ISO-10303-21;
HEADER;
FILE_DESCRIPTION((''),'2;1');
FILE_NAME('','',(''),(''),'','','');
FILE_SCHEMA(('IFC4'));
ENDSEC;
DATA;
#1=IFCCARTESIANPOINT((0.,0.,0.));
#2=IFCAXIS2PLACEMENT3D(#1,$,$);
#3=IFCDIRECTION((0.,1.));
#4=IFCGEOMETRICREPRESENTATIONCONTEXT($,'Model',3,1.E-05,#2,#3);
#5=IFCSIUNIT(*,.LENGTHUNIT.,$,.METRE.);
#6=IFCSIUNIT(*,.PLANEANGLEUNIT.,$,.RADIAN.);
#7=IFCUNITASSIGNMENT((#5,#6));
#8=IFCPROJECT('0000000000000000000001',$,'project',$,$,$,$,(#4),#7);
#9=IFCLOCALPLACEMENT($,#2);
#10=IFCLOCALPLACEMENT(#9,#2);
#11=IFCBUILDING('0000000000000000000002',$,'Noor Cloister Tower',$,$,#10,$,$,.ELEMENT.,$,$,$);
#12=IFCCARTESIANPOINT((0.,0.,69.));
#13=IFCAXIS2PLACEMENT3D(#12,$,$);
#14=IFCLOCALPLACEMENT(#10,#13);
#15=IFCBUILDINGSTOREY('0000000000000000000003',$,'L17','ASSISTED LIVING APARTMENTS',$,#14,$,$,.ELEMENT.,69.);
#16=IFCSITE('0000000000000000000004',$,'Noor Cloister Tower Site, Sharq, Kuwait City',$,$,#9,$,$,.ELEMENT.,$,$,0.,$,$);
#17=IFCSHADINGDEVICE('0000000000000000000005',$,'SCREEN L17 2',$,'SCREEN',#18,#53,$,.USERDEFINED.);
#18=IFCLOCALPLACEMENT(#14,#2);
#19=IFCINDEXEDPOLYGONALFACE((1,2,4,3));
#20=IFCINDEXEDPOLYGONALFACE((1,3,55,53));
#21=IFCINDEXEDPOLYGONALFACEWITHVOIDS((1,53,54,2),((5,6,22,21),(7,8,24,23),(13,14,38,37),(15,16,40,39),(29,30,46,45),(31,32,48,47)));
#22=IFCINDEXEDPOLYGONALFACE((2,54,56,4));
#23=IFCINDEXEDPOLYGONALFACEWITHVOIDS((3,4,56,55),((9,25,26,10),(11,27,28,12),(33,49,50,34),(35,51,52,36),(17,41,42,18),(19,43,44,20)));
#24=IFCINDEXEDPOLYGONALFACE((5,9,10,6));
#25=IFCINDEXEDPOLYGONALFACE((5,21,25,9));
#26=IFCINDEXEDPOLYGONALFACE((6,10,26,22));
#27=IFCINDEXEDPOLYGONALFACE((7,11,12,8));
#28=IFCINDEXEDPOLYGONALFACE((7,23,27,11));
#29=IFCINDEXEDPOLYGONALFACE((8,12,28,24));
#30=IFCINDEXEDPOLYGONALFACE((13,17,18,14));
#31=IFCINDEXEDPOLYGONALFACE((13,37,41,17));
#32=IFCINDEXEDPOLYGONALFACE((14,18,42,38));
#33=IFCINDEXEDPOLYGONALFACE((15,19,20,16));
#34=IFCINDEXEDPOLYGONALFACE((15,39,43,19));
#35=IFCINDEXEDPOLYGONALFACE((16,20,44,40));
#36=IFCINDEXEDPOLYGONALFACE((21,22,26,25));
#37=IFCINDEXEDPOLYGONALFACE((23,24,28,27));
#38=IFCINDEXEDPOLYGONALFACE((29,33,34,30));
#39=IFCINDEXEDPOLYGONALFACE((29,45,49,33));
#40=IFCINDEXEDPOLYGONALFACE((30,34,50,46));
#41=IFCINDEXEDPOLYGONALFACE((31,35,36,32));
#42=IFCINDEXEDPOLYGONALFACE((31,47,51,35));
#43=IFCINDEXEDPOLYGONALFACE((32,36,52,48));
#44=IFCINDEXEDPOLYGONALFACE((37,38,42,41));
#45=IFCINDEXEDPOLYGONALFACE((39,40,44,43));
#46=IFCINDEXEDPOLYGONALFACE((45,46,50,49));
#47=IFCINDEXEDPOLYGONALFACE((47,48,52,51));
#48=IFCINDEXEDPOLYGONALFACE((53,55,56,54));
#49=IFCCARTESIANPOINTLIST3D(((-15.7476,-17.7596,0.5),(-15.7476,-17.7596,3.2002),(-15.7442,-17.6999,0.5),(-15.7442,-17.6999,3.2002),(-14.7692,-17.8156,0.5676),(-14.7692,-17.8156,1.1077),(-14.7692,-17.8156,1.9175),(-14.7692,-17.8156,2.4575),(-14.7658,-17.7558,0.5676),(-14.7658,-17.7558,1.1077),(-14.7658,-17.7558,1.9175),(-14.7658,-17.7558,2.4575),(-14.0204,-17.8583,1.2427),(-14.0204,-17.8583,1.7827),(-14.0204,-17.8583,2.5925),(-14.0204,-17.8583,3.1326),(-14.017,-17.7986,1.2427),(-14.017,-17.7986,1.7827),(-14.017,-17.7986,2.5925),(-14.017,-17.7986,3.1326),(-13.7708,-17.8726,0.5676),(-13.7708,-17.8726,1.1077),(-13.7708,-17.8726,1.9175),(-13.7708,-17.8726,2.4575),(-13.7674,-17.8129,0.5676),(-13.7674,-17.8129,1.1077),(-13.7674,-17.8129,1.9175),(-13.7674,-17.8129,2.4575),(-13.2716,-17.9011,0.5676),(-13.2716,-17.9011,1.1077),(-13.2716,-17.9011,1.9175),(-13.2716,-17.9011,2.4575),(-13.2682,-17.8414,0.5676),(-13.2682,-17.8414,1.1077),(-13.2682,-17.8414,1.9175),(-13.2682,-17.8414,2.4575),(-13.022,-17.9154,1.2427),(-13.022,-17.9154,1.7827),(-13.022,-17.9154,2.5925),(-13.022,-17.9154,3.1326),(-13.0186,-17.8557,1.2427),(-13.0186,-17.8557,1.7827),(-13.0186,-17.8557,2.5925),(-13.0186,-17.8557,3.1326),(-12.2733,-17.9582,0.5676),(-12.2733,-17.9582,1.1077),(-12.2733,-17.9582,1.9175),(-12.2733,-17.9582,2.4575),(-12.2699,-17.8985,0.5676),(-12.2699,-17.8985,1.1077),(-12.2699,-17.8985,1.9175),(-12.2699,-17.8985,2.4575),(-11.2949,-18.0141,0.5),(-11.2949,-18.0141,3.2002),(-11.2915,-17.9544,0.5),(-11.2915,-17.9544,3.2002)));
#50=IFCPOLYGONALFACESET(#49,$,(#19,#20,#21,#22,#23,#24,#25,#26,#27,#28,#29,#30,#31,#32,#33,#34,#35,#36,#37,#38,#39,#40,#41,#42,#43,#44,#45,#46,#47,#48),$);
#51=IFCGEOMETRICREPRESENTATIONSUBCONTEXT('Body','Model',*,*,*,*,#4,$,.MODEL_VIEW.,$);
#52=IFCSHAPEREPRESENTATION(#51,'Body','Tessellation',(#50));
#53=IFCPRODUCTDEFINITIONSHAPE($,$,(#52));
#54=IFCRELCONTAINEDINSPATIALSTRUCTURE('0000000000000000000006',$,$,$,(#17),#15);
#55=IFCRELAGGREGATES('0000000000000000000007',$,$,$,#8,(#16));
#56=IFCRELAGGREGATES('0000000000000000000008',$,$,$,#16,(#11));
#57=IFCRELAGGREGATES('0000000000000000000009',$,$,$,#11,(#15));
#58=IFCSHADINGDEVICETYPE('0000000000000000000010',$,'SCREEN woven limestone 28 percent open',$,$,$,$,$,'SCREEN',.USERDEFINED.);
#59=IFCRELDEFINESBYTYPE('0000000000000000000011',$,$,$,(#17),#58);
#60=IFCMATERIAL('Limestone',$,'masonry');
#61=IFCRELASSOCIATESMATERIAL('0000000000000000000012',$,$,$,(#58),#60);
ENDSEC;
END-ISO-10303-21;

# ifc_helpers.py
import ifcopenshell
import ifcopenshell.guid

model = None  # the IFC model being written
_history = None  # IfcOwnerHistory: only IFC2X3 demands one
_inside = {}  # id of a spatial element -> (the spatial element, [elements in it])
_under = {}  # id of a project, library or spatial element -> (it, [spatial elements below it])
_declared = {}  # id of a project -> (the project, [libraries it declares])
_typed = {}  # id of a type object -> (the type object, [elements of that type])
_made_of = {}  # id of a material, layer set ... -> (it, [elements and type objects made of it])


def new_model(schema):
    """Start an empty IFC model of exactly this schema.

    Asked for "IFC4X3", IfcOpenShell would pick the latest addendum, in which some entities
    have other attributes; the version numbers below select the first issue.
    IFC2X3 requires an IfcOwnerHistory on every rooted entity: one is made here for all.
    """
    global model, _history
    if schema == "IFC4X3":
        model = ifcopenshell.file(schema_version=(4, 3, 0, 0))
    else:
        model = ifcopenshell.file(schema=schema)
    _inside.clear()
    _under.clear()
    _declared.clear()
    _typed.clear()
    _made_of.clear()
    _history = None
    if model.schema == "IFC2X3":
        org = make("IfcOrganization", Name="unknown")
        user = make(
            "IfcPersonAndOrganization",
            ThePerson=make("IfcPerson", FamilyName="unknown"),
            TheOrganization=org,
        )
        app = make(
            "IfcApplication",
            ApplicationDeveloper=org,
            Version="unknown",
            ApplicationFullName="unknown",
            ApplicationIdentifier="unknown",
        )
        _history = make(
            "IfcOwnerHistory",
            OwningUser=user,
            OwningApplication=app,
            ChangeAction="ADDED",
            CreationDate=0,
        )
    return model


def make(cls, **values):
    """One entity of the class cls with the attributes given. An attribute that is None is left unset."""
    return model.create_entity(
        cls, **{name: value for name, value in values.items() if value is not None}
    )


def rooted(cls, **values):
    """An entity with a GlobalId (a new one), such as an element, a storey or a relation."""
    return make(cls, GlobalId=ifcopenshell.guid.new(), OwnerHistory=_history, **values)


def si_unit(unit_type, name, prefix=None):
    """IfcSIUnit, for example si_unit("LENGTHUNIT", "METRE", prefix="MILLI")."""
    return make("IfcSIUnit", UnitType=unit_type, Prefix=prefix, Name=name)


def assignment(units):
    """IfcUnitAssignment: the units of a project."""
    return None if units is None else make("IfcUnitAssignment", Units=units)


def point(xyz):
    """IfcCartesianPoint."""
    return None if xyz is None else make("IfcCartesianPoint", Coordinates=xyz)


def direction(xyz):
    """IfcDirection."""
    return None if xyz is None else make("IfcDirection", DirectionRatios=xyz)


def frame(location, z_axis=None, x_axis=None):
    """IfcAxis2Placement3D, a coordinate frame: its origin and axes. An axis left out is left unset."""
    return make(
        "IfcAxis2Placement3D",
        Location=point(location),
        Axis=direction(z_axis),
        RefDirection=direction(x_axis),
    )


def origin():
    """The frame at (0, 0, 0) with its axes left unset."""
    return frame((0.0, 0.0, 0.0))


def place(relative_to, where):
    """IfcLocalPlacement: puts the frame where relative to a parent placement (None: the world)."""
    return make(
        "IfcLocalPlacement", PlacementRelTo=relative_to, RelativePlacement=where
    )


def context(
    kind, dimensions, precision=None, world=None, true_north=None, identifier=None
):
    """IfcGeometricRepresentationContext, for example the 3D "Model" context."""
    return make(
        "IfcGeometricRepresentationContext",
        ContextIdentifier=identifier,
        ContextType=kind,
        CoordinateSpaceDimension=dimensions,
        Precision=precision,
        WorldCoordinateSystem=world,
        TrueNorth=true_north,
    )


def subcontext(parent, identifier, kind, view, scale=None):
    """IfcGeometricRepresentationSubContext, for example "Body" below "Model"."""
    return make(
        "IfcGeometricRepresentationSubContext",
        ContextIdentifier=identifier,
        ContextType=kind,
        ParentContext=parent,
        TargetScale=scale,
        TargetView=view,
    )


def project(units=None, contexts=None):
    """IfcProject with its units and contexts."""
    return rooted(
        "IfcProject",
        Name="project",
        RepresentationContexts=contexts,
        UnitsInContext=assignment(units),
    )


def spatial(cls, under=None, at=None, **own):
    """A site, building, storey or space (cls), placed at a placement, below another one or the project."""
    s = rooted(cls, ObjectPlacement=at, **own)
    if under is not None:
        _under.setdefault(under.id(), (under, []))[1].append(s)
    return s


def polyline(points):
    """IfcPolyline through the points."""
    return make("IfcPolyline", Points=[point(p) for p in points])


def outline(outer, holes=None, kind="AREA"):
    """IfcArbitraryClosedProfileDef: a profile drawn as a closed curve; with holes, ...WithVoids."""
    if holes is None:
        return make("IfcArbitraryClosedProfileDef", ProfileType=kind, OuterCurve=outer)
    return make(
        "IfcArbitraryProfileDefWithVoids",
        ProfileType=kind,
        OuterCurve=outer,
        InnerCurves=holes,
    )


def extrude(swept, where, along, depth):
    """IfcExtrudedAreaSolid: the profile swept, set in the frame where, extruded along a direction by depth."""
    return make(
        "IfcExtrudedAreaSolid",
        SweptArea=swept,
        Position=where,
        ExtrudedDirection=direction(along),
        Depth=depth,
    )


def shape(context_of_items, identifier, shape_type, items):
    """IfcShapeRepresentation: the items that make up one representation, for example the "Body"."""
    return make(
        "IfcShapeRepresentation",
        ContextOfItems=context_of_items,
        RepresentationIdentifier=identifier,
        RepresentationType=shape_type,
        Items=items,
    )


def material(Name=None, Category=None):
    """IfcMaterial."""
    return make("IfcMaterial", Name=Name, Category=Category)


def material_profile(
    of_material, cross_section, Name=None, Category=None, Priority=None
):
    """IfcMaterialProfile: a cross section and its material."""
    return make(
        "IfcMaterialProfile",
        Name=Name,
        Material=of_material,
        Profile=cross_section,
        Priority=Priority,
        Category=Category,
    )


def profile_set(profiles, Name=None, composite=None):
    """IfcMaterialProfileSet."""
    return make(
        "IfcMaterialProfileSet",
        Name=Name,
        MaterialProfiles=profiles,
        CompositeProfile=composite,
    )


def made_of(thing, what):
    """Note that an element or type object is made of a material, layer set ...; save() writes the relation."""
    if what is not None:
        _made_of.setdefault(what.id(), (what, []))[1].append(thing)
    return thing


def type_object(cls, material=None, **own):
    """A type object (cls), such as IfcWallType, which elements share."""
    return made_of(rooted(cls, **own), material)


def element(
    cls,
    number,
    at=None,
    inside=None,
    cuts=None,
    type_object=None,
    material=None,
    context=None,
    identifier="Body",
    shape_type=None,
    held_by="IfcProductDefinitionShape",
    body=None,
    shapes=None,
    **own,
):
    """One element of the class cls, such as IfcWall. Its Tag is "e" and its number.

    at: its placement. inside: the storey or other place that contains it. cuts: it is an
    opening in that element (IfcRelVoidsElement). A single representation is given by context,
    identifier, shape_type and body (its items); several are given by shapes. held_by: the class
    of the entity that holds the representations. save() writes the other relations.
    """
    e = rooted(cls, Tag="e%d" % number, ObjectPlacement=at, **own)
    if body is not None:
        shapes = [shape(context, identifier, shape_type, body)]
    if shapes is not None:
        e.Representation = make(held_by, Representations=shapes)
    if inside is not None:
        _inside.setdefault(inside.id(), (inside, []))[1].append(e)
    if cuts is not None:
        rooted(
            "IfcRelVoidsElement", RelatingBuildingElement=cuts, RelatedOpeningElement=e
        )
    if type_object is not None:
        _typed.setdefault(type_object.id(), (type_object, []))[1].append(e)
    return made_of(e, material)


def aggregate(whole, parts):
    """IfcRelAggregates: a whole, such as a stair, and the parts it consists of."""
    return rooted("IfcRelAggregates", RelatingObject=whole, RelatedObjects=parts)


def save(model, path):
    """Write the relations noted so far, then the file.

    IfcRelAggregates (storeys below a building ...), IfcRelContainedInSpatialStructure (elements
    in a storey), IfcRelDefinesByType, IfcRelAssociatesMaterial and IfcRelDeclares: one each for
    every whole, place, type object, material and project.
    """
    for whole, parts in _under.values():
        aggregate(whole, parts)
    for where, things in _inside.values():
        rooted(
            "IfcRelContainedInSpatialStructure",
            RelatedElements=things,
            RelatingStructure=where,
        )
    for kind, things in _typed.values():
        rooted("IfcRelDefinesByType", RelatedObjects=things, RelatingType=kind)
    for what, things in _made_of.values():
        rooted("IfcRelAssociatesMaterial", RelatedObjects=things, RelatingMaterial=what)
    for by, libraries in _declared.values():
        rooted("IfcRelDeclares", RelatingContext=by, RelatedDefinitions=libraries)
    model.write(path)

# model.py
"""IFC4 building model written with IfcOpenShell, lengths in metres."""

from ifc_helpers import new_model, si_unit, direction, frame, origin, place, context, subcontext, project, spatial, polyline, outline, extrude, material, material_profile, profile_set, type_object, element, save


model = new_model("IFC4")

# Units and contexts
model_context = context("Model", 3, precision=1e-05, world=origin(), true_north=direction((0.0, 1.0)))
body_context = subcontext(model_context, "Body", "Model", "MODEL_VIEW")
ifc_project = project(units=[si_unit("LENGTHUNIT", "METRE"), si_unit("PLANEANGLEUNIT", "RADIAN")], contexts=[model_context])

# Site, building, storey
site_placement = place(None, origin())
site = spatial("IfcSite", under=ifc_project, at=site_placement, Name="Noor Cloister Tower Site, Sharq, Kuwait City", CompositionType="ELEMENT", RefElevation=0.0)
building_placement = place(site_placement, origin())
building = spatial("IfcBuilding", under=site, at=building_placement, Name="Noor Cloister Tower", CompositionType="ELEMENT")
storey_placement = place(building_placement, frame((0.0, 0.0, 69.0)))
storey = spatial("IfcBuildingStorey", under=building, at=storey_placement, Name="L17", Description="ASSISTED LIVING APARTMENTS", CompositionType="ELEMENT", Elevation=69.0)

# Shading device
ifc_material_1 = material(Name="Limestone", Category="masonry")
ifc_material_profile_1 = material_profile(ifc_material_1, outline(polyline([(-2.23, -1.3501), (2.23, -1.3501), (2.23, 1.3501), (-2.23, 1.3501), (-2.23, -1.3501)]), holes=[polyline([(-1.25, -1.2825), (-0.25, -1.2825), (-0.25, -0.7424), (-1.25, -0.7424), (-1.25, -1.2825)]), polyline([(0.25, -1.2825), (1.25, -1.2825), (1.25, -0.7424), (0.25, -0.7424), (0.25, -1.2825)]), polyline([(-0.5, -0.6074), (0.5, -0.6074), (0.5, -0.0674), (-0.5, -0.0674), (-0.5, -0.6074)]), polyline([(-1.25, 0.0674), (-0.25, 0.0674), (-0.25, 0.6074), (-1.25, 0.6074), (-1.25, 0.0674)]), polyline([(0.25, 0.0674), (1.25, 0.0674), (1.25, 0.6074), (0.25, 0.6074), (0.25, 0.0674)]), polyline([(-0.5, 0.7424), (0.5, 0.7424), (0.5, 1.2825), (-0.5, 1.2825), (-0.5, 0.7424)])]), Name="Woven screen 28 percent open")
ifc_profile_set_1 = profile_set([ifc_material_profile_1], Name="Limestone")
shading_device_type = type_object("IfcShadingDeviceType", Name="SCREEN woven limestone 28 percent open", ElementType="SCREEN", PredefinedType="USERDEFINED", material=ifc_profile_set_1)
shading_device_1_placement = place(storey_placement, frame((-13.5178, -17.8271, 1.8501), z_axis=(-0.05705, -0.998371, 0.0), x_axis=(0.998371, -0.05705, 0.0)))
element("IfcShadingDevice", 1, at=shading_device_1_placement, inside=storey, type_object=shading_device_type, Name="SCREEN L17 2", ObjectType="SCREEN", PredefinedType="USERDEFINED", context=body_context, shape_type="SweptSolid", body=[
    extrude(outline(polyline([(-2.23, -1.3501), (2.23, -1.3501), (2.23, 1.3501), (-2.23, 1.3501), (-2.23, -1.3501)]), holes=[polyline([(-1.25, -1.2825), (-0.25, -1.2825), (-0.25, -0.7424), (-1.25, -0.7424), (-1.25, -1.2825)]), polyline([(0.25, -1.2825), (1.25, -1.2825), (1.25, -0.7424), (0.25, -0.7424), (0.25, -1.2825)]), polyline([(-0.5, -0.6074), (0.5, -0.6074), (0.5, -0.0674), (-0.5, -0.0674), (-0.5, -0.6074)]), polyline([(-1.25, 0.0674), (-0.25, 0.0674), (-0.25, 0.6074), (-1.25, 0.6074), (-1.25, 0.0674)]), polyline([(0.25, 0.0674), (1.25, 0.0674), (1.25, 0.6074), (0.25, 0.6074), (0.25, 0.0674)]), polyline([(-0.5, 0.7424), (0.5, 0.7424), (0.5, 1.2825), (-0.5, 1.2825), (-0.5, 0.7424)])]), origin(), (0.0, 0.0, 1.0), 0.0598),
])

save(model, "model.ifc")
